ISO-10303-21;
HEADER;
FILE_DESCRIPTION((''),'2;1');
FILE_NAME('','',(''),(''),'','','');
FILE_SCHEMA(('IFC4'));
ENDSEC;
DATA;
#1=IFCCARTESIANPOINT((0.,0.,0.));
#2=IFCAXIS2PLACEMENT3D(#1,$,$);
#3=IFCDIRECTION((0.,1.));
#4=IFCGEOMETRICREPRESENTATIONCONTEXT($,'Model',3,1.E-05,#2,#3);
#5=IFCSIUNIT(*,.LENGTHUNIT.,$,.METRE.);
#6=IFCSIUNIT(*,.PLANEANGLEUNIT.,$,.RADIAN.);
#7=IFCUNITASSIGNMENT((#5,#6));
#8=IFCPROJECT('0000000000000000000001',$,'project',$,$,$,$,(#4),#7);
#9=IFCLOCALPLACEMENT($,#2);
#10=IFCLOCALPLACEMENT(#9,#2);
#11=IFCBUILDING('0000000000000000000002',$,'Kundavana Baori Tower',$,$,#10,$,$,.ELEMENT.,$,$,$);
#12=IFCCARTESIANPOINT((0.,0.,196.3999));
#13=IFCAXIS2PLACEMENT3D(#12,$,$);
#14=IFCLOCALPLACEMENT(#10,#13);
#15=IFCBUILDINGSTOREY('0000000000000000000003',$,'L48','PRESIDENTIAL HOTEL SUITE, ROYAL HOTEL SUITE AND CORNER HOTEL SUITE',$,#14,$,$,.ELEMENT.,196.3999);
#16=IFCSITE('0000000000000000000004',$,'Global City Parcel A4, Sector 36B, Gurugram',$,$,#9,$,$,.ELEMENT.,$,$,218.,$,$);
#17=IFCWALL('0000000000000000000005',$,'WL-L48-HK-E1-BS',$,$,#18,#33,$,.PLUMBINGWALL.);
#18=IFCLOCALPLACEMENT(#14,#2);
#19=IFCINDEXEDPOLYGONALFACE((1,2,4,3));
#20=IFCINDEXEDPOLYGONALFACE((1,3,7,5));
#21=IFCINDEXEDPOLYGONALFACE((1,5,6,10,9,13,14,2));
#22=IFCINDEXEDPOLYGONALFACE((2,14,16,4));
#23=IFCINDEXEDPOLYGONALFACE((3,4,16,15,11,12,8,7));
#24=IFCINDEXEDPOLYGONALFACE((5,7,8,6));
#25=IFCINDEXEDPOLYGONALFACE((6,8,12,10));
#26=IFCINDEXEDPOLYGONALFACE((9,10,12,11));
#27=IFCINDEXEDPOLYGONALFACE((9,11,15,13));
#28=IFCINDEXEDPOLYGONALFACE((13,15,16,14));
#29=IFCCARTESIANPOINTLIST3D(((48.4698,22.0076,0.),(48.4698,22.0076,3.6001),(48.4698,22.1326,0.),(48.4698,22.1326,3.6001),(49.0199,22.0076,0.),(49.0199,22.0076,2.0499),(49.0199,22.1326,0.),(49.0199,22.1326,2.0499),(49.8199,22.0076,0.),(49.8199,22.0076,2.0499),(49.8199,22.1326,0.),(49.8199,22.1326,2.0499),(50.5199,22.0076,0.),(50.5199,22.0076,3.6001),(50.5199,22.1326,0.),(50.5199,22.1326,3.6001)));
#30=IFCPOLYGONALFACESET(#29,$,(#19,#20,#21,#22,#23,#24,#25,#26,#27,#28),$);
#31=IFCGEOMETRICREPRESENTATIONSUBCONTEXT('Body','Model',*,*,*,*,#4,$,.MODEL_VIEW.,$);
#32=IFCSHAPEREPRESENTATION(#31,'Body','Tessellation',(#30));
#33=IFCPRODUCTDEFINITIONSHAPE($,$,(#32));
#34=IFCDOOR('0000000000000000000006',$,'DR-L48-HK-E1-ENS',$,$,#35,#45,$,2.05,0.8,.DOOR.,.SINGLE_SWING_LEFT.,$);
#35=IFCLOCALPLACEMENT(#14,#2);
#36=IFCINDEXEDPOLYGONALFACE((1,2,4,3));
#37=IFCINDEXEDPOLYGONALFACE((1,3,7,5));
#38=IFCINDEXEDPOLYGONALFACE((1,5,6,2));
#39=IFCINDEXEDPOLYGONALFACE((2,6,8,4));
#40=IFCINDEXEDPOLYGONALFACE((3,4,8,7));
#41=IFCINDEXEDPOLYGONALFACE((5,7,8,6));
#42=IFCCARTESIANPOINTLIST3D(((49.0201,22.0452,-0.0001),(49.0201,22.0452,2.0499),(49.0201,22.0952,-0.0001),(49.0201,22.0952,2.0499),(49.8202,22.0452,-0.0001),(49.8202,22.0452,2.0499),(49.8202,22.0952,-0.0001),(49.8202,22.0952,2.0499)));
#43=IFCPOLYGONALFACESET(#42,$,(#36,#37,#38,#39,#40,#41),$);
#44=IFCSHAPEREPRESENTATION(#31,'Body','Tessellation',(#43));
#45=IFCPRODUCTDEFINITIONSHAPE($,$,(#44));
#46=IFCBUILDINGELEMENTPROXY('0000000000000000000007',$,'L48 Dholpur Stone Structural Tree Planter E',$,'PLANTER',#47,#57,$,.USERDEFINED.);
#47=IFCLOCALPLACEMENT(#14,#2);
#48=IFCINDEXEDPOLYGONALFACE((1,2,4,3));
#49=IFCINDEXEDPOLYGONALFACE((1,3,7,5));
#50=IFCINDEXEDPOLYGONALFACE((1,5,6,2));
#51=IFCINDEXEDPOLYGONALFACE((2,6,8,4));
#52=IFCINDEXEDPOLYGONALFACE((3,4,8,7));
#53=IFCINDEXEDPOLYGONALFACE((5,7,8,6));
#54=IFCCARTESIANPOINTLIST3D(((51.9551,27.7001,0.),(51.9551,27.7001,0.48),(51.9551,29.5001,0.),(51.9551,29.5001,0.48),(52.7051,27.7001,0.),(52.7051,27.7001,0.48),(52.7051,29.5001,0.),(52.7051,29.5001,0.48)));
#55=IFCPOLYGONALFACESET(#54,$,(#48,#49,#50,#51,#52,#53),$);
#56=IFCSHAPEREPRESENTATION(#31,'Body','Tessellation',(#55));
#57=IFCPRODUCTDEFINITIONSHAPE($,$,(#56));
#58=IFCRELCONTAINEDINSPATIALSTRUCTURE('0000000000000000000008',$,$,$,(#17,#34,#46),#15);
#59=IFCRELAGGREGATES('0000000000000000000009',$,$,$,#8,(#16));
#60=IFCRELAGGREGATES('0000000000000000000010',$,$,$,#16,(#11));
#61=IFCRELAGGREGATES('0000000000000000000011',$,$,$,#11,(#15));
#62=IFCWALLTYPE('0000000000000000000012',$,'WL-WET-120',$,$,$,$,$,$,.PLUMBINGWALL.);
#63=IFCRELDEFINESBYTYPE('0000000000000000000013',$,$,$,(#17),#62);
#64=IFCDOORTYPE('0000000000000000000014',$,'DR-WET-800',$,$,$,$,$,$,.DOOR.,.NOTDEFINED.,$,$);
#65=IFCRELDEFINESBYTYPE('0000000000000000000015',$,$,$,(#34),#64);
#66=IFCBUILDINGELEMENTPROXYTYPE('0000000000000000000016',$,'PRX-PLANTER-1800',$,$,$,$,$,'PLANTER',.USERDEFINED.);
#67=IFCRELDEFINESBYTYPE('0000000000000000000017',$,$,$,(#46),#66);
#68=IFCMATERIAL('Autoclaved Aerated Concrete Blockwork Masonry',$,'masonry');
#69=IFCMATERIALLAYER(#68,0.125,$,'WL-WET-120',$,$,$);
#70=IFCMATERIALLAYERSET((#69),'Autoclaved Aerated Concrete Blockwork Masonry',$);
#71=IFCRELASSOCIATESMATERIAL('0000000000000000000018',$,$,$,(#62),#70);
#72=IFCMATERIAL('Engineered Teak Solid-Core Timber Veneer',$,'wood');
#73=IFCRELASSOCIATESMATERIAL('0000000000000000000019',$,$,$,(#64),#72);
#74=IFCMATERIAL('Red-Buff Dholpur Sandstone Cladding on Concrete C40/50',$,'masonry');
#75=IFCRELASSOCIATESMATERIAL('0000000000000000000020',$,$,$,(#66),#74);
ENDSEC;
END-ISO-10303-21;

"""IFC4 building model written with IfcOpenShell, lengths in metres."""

from ifc_helpers import new_model, si_unit, direction, frame, frame_2d, origin, origin_2d, place, context, subcontext, project, spatial, rectangle, extrude, material, layer, layer_set, type_object, element, fill, save


model = new_model("IFC4")

# Units and contexts
model_context = context("Model", 3, precision=1e-05, world=origin(), true_north=direction((0.0, 1.0)))
body_context = subcontext(model_context, "Body", "Model", "MODEL_VIEW")
ifc_project = project(units=[si_unit("LENGTHUNIT", "METRE"), si_unit("PLANEANGLEUNIT", "RADIAN")], contexts=[model_context])

# Site, building, storey
site_placement = place(None, origin())
site = spatial("IfcSite", under=ifc_project, at=site_placement, Name="Global City Parcel A4, Sector 36B, Gurugram", CompositionType="ELEMENT", RefElevation=218.0)
building_placement = place(site_placement, origin())
building = spatial("IfcBuilding", under=site, at=building_placement, Name="Kundavana Baori Tower", CompositionType="ELEMENT")
storey_placement = place(building_placement, frame((0.0, 0.0, 196.3999)))
storey = spatial("IfcBuildingStorey", under=building, at=storey_placement, Name="L48", Description="PRESIDENTIAL HOTEL SUITE, ROYAL HOTEL SUITE AND CORNER HOTEL SUITE", CompositionType="ELEMENT", Elevation=196.3999)

# Shared definitions
ifc_material_1 = material(Name="Autoclaved Aerated Concrete Blockwork Masonry", Category="masonry")
ifc_layer_1 = layer(ifc_material_1, 0.125, Name="WL-WET-120")
ifc_layer_set_1 = layer_set([ifc_layer_1], Name="Autoclaved Aerated Concrete Blockwork Masonry")
wall_type_1 = type_object("IfcWallType", Name="WL-WET-120", PredefinedType="PLUMBINGWALL", material=ifc_layer_set_1)

# Wall, opening, door
wall_1_placement = place(storey_placement, frame((48.47, 22.0701, 0.0), z_axis=(0.0, 0.0, 1.0), x_axis=(1.0, 0.0, 0.0)))
wall_1 = element("IfcWall", 1, at=wall_1_placement, inside=storey, type_object=wall_type_1, Name="WL-L48-HK-E1-BS", PredefinedType="PLUMBINGWALL", context=body_context, shape_type="SweptSolid", body=[
    extrude(rectangle(XDim=2.05, YDim=0.125, at=frame_2d((1.0249, 0.0))), origin(), (0.0, 0.0, 1.0), 3.6001),
])
opening_1_placement = place(wall_1_placement, frame((0.55, 0.0, 0.0)))
opening_1 = element("IfcOpeningElement", 2, at=opening_1_placement, cuts=wall_1, PredefinedType="OPENING", context=body_context, shape_type="SweptSolid", body=[
    extrude(rectangle(XDim=0.8, YDim=2.05, at=frame_2d((0.3999, 1.0249))), frame((0.0, 0.0725, 0.0), z_axis=(0.0, -1.0, 0.0), x_axis=(1.0, 0.0, 0.0)), (0.0, 0.0, 1.0), 0.145),
])
ifc_material_2 = material(Name="Engineered Teak Solid-Core Timber Veneer", Category="wood")
door_type_1 = type_object("IfcDoorType", Name="DR-WET-800", OperationType="NOTDEFINED", PredefinedType="DOOR", material=ifc_material_2)
door_1_placement = place(opening_1_placement, frame((0.8, 0.0, 0.0), z_axis=(0.0, 0.0, 1.0), x_axis=(-1.0, 0.0, 0.0)))
door_1 = element("IfcDoor", 3, at=door_1_placement, inside=storey, type_object=door_type_1, Name="DR-L48-HK-E1-ENS", OperationType="SINGLE_SWING_LEFT", OverallHeight=2.05, OverallWidth=0.8, PredefinedType="DOOR", context=body_context, shape_type="SweptSolid", body=[
    extrude(rectangle(XDim=0.8, YDim=2.05, at=frame_2d((0.3999, 1.0249))), frame((0.0, 0.0249, 0.0), z_axis=(0.0, -1.0, 0.0), x_axis=(1.0, 0.0, 0.0)), (0.0, 0.0, 1.0), 0.05),
])
fill(opening_1, door_1)

# Building element proxy
ifc_material_3 = material(Name="Red-Buff Dholpur Sandstone Cladding on Concrete C40/50", Category="masonry")
building_element_proxy_type = type_object("IfcBuildingElementProxyType", Name="PRX-PLANTER-1800", ElementType="PLANTER", PredefinedType="USERDEFINED", material=ifc_material_3)
proxy_placement = place(storey_placement, frame((52.3301, 28.6001, 0.0), z_axis=(0.0, 0.0, 1.0), x_axis=(0.0, 1.0, 0.0)))
element("IfcBuildingElementProxy", 4, at=proxy_placement, inside=storey, type_object=building_element_proxy_type, Name="L48 Dholpur Stone Structural Tree Planter E", ObjectType="PLANTER", PredefinedType="USERDEFINED", context=body_context, shape_type="SweptSolid", body=[
    extrude(rectangle(XDim=1.8, YDim=0.75, at=origin_2d()), origin(), (0.0, 0.0, 1.0), 0.48),
])

save(model, "model.ifc")
